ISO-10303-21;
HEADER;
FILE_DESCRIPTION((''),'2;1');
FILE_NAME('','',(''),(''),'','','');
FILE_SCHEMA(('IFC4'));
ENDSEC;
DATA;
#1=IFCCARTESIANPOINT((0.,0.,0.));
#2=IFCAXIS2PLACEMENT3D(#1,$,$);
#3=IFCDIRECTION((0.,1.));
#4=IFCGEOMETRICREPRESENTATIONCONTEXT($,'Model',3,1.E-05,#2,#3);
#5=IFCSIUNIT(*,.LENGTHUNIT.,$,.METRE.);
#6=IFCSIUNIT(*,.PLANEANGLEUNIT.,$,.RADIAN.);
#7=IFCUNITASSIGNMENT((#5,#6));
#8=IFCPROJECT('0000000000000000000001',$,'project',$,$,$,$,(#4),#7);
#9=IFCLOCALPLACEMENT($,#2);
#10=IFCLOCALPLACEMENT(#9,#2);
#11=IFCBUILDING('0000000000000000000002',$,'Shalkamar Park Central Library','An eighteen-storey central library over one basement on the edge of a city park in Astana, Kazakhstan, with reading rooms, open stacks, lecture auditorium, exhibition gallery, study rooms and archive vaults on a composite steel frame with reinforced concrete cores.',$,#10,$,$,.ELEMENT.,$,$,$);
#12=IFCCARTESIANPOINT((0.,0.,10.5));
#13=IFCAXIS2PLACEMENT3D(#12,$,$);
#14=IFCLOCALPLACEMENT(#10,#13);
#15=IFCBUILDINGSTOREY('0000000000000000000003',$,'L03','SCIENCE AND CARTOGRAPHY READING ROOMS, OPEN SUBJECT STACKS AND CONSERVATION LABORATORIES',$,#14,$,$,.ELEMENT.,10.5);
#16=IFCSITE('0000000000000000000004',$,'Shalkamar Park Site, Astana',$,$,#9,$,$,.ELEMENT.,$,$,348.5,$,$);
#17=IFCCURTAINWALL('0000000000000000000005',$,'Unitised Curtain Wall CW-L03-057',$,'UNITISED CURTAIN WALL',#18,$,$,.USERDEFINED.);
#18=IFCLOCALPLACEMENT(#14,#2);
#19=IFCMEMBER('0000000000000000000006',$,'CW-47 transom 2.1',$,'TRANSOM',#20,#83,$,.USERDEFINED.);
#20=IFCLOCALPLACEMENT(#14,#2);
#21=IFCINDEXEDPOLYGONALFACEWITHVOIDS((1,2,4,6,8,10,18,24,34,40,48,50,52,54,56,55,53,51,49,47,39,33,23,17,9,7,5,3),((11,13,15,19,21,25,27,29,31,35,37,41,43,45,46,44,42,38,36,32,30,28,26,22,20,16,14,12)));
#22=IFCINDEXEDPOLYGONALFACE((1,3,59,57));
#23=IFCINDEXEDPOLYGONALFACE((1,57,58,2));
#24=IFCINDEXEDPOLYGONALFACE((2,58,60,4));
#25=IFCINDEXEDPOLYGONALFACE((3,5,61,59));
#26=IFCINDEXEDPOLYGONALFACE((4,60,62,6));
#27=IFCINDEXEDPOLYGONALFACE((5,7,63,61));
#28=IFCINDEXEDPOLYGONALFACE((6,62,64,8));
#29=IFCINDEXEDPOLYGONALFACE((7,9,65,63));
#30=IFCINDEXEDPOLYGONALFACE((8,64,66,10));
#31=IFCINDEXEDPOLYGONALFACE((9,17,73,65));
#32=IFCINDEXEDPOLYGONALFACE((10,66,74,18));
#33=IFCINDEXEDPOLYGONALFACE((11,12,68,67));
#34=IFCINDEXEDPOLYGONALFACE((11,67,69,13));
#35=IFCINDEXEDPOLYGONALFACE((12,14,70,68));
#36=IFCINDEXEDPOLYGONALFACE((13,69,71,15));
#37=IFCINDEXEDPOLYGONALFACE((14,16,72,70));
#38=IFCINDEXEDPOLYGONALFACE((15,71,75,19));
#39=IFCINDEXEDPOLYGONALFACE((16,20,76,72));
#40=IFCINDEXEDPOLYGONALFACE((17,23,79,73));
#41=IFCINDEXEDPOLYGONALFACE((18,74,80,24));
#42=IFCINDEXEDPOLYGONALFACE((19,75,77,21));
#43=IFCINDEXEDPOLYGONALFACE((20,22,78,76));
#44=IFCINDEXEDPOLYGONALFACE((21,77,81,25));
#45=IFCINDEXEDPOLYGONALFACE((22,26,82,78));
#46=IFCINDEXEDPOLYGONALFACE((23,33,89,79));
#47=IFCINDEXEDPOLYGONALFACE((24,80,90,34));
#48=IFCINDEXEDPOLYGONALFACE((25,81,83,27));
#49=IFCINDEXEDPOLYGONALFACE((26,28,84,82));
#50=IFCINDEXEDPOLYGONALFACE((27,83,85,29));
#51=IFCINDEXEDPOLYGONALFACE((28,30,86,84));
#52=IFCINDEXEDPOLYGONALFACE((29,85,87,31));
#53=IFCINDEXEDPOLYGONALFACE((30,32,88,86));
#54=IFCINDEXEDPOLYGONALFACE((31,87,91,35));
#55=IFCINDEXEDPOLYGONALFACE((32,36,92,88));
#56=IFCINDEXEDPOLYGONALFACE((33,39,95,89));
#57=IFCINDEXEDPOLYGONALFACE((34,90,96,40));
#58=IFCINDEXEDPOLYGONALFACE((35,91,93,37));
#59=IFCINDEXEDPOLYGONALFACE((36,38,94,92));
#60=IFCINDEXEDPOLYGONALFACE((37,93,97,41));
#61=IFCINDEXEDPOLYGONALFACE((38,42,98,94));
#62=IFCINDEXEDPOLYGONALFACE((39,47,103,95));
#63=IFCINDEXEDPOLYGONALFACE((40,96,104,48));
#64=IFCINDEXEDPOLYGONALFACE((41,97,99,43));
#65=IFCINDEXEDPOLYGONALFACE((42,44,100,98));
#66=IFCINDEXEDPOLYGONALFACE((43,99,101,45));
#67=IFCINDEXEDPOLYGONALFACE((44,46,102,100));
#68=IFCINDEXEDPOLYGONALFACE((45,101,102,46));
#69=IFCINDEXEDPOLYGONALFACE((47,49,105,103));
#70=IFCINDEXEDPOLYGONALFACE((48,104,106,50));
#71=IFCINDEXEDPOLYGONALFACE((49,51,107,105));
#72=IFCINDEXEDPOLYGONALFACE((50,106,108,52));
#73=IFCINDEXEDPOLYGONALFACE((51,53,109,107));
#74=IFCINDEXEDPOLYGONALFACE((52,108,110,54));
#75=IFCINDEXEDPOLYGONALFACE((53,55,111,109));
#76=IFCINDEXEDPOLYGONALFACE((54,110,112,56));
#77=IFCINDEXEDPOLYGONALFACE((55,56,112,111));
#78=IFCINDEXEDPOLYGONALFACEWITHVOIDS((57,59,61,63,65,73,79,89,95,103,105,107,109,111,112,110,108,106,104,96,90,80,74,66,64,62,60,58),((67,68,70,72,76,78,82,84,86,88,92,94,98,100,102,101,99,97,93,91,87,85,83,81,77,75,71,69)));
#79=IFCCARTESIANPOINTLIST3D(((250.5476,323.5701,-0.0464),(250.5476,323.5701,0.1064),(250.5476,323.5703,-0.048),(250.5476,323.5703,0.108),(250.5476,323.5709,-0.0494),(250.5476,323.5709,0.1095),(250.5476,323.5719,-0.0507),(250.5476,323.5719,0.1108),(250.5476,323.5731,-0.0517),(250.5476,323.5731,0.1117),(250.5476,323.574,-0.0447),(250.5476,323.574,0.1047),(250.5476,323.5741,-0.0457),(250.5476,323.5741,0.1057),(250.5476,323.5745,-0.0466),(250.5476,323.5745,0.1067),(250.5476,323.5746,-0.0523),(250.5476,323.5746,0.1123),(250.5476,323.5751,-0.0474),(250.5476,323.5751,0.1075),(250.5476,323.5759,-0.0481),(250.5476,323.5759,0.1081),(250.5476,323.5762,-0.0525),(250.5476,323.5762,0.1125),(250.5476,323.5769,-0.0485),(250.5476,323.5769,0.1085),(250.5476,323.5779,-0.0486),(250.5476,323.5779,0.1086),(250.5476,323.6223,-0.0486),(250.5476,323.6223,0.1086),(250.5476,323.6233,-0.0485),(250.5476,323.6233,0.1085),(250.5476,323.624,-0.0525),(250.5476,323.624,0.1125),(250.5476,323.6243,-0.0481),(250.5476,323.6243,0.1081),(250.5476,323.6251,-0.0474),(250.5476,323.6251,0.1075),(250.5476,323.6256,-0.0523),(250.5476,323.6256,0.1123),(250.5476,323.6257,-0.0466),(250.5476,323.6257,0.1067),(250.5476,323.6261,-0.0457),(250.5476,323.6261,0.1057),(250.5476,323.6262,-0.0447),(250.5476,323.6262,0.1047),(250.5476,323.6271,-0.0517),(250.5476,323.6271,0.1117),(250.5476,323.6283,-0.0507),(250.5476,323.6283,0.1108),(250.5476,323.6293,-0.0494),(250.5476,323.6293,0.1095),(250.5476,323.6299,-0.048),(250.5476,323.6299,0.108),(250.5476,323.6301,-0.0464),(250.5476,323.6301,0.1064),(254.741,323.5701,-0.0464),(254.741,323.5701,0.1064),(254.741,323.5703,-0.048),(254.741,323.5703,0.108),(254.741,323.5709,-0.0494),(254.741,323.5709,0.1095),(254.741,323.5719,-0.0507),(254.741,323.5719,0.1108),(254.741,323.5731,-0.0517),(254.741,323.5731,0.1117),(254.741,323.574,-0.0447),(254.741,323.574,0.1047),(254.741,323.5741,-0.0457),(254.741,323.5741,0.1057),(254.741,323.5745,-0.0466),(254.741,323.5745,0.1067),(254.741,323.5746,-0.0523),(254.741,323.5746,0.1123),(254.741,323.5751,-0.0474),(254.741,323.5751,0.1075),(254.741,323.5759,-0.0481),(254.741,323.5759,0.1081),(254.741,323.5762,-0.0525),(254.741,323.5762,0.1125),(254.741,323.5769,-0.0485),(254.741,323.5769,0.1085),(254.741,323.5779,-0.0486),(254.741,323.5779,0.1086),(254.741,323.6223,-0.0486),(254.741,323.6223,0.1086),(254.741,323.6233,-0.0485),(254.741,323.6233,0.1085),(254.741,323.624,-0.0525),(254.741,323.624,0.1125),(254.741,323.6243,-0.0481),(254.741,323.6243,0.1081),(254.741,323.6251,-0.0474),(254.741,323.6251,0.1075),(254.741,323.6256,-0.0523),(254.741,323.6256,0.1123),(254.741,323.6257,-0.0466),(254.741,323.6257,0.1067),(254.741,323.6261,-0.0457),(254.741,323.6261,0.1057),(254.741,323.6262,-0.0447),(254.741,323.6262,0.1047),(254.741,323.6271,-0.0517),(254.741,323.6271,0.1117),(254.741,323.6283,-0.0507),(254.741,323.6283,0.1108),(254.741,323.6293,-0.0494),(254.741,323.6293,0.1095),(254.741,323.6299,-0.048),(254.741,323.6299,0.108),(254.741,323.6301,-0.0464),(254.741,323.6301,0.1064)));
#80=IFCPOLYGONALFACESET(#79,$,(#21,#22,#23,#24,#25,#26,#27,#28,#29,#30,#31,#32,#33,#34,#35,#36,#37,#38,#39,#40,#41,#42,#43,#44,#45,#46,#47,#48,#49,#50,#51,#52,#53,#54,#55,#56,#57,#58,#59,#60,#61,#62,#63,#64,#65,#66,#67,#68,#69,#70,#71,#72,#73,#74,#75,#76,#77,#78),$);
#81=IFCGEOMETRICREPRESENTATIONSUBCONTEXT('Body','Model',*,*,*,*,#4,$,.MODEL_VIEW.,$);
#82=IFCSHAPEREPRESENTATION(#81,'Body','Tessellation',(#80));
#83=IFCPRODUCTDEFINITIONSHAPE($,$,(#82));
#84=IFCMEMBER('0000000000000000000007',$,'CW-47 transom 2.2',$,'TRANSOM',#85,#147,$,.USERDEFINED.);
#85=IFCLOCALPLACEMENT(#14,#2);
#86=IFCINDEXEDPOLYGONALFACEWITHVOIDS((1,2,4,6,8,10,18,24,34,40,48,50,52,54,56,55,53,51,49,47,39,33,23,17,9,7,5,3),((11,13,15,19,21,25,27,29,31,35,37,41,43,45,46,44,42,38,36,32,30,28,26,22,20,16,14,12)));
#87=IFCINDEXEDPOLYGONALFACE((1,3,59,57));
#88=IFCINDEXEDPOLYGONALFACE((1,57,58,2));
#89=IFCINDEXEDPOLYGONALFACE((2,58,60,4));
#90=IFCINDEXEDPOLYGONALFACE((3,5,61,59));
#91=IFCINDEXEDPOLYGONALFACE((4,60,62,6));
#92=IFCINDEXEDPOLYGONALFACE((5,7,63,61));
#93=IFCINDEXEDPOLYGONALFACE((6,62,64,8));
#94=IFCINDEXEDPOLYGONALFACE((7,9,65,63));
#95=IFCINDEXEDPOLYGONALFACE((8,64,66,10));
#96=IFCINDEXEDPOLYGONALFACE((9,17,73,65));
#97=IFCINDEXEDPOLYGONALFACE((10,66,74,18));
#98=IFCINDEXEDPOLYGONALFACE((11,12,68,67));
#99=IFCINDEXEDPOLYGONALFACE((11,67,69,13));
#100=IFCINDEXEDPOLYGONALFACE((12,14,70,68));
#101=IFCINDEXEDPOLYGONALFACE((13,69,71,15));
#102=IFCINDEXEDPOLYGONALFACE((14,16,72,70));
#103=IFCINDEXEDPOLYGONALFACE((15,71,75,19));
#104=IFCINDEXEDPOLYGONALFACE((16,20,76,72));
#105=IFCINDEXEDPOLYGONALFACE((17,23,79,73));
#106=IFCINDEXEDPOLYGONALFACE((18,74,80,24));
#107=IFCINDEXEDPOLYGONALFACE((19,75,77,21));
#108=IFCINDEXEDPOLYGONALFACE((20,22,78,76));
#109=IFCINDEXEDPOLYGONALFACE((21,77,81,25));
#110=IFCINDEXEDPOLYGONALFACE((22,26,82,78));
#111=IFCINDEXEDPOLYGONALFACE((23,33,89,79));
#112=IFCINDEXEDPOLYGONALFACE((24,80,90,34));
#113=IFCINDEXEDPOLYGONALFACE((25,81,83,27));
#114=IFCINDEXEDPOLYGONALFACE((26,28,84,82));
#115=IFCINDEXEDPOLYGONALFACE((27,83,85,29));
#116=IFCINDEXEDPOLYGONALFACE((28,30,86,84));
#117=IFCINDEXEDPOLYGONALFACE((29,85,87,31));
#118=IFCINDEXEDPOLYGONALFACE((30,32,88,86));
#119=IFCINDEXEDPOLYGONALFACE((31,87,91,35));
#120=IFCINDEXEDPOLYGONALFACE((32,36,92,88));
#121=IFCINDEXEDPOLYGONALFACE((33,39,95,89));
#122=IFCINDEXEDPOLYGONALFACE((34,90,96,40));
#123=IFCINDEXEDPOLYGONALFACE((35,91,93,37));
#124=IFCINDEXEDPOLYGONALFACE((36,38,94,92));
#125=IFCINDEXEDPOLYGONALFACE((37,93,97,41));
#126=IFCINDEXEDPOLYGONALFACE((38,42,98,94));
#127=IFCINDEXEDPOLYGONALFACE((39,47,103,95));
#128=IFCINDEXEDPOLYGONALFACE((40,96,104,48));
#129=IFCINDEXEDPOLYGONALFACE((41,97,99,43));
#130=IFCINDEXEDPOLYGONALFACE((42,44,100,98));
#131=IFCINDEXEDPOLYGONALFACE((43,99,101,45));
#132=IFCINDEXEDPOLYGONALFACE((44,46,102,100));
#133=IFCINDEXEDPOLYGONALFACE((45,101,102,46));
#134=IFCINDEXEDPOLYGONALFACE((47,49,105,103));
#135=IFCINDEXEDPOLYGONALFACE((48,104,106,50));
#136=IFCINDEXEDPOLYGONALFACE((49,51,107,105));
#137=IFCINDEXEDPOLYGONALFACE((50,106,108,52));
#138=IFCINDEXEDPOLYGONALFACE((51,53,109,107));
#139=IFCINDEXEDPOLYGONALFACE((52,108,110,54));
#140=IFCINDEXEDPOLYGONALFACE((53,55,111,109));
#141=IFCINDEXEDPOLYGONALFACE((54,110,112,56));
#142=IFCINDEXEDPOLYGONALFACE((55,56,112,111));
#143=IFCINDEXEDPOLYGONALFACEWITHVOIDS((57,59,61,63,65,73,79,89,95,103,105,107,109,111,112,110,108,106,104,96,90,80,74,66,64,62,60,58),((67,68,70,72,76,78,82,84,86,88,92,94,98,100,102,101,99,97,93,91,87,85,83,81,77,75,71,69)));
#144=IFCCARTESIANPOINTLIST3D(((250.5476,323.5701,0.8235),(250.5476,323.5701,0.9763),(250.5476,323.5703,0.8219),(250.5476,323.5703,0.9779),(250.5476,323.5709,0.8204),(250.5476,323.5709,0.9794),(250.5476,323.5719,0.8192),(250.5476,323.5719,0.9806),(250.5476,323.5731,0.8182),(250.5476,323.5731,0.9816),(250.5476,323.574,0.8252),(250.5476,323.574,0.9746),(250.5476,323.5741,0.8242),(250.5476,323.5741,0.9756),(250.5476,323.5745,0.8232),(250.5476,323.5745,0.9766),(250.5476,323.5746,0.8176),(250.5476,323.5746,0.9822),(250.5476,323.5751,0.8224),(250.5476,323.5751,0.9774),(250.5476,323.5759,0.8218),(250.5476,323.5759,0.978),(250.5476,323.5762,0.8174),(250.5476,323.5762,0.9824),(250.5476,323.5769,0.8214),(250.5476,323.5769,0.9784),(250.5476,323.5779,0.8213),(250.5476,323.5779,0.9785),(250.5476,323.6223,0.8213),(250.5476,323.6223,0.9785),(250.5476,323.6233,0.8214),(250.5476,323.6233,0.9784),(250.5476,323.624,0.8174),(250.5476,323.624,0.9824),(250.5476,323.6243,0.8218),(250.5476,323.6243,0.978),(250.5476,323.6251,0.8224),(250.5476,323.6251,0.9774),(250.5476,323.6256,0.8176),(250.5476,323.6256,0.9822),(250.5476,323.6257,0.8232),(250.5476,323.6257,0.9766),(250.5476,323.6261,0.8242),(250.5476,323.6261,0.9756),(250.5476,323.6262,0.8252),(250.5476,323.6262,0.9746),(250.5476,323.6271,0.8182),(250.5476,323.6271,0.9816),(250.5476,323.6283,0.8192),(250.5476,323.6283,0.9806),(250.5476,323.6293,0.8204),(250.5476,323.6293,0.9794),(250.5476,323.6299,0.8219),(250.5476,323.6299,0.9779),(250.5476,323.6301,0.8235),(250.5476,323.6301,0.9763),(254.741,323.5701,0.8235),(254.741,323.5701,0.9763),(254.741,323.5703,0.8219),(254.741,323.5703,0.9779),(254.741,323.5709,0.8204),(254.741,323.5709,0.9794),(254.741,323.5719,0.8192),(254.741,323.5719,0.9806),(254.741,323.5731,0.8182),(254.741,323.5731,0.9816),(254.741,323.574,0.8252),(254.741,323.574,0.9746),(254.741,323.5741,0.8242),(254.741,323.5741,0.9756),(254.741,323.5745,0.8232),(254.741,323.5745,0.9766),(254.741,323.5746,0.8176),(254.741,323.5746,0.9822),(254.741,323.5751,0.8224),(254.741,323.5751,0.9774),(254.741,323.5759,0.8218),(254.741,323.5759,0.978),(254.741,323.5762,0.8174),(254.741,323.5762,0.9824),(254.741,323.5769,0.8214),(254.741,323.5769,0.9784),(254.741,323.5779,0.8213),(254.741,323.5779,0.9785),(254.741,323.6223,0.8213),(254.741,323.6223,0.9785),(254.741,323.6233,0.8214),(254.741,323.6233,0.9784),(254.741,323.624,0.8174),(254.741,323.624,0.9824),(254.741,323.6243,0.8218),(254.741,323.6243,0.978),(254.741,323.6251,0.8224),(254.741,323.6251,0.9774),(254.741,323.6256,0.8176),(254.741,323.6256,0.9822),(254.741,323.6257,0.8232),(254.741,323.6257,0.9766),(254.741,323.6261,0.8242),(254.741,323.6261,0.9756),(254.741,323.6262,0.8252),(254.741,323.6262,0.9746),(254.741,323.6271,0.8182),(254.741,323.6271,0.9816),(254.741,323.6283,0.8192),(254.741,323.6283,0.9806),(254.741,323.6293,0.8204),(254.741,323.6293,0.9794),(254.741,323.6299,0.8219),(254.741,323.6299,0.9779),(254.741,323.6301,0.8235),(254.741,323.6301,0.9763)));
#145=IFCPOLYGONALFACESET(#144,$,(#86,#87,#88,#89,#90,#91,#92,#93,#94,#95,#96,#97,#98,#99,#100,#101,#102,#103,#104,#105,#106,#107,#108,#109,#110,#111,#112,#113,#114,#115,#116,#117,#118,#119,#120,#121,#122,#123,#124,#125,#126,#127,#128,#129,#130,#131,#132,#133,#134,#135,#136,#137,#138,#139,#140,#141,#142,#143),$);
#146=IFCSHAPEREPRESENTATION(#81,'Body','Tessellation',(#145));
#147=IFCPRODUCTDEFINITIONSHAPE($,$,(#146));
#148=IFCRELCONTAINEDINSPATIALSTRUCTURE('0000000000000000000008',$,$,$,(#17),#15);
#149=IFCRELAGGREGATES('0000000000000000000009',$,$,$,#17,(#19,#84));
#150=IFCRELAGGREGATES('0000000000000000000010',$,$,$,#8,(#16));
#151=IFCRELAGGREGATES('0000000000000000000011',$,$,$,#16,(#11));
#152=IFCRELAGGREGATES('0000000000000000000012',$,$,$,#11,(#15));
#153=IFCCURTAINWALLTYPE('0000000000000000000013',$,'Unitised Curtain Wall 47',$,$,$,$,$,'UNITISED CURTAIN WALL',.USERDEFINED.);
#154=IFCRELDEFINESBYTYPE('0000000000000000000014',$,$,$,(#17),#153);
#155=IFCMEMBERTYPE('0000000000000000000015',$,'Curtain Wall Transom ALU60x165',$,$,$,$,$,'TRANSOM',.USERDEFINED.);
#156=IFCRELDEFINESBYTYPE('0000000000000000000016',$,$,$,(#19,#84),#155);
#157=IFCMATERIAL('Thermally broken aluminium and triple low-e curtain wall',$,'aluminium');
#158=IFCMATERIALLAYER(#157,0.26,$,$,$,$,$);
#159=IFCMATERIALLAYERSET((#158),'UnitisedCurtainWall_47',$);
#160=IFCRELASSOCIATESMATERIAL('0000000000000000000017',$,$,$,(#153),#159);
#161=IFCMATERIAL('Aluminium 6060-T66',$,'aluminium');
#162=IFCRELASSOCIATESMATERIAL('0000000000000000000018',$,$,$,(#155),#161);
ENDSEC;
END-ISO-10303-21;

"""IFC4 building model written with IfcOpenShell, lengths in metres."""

from ifc_helpers import new_model, si_unit, direction, frame, origin, origin_2d, place, context, subcontext, project, spatial, hollow_rectangle, extrude, material, layer, layer_set, material_profile, profile_set, type_object, element, aggregate, save


model = new_model("IFC4")

# Units and contexts
model_context = context("Model", 3, precision=1e-05, world=origin(), true_north=direction((0.0, 1.0)))
body_context = subcontext(model_context, "Body", "Model", "MODEL_VIEW")
ifc_project = project(units=[si_unit("LENGTHUNIT", "METRE"), si_unit("PLANEANGLEUNIT", "RADIAN")], contexts=[model_context])

# Site, building, storey
site_placement = place(None, origin())
site = spatial("IfcSite", under=ifc_project, at=site_placement, Name="Shalkamar Park Site, Astana", CompositionType="ELEMENT", RefElevation=348.5)
building_placement = place(site_placement, origin())
building = spatial("IfcBuilding", under=site, at=building_placement, Name="Shalkamar Park Central Library", Description="An eighteen-storey central library over one basement on the edge of a city park in Astana, Kazakhstan, with reading rooms, open stacks, lecture auditorium, exhibition gallery, study rooms and archive vaults on a composite steel frame with reinforced concrete cores.", CompositionType="ELEMENT")
storey_placement = place(building_placement, frame((0.0, 0.0, 10.5)))
storey = spatial("IfcBuildingStorey", under=building, at=storey_placement, Name="L03", Description="SCIENCE AND CARTOGRAPHY READING ROOMS, OPEN SUBJECT STACKS AND CONSERVATION LABORATORIES", CompositionType="ELEMENT", Elevation=10.5)

# Shared definitions
ifc_material_1 = material(Name="Thermally broken aluminium and triple low-e curtain wall", Category="aluminium")
ifc_material_2 = material(Name="Aluminium 6060-T66", Category="aluminium")

# Curtain wall, members
ifc_layer_1 = layer(ifc_material_1, 0.26)
ifc_layer_set_1 = layer_set([ifc_layer_1], Name="UnitisedCurtainWall_47")
curtain_wall_type_1 = type_object("IfcCurtainWallType", Name="Unitised Curtain Wall 47", ElementType="UNITISED CURTAIN WALL", PredefinedType="USERDEFINED", material=ifc_layer_set_1)
curtain_wall_1_placement = place(storey_placement, origin())
curtain_wall_1 = element("IfcCurtainWall", 1, at=curtain_wall_1_placement, inside=storey, type_object=curtain_wall_type_1, Name="Unitised Curtain Wall CW-L03-057", ObjectType="UNITISED CURTAIN WALL", PredefinedType="USERDEFINED")
ifc_material_profile_1 = material_profile(ifc_material_2, hollow_rectangle(XDim=0.0601, YDim=0.165, WallThickness=0.0039, InnerFilletRadius=0.0039, OuterFilletRadius=0.0061, at=origin_2d()), Name="ALU 60x165x4")
ifc_profile_set_1 = profile_set([ifc_material_profile_1], Name="Aluminium 6060-T66")
member_type_1 = type_object("IfcMemberType", Name="Curtain Wall Transom ALU60x165", ElementType="TRANSOM", PredefinedType="USERDEFINED", material=ifc_profile_set_1)
member_1_placement = place(storey_placement, frame((250.5476, 323.6001, 0.03), z_axis=(1.0, 0.0, 0.0), x_axis=(0.0, 1.0, 0.0)))
member_1 = element("IfcMember", 2, at=member_1_placement, type_object=member_type_1, Name="CW-47 transom 2.1", ObjectType="TRANSOM", PredefinedType="USERDEFINED", context=body_context, shape_type="SweptSolid", body=[
    extrude(hollow_rectangle(XDim=0.0601, YDim=0.165, WallThickness=0.0039, InnerFilletRadius=0.0039, OuterFilletRadius=0.0061, at=origin_2d()), origin(), (0.0, 0.0, 1.0), 4.1934),
])
member_2_placement = place(storey_placement, frame((250.5476, 323.6001, 0.8999), z_axis=(1.0, 0.0, 0.0), x_axis=(0.0, 1.0, 0.0)))
member_2 = element("IfcMember", 3, at=member_2_placement, type_object=member_type_1, Name="CW-47 transom 2.2", ObjectType="TRANSOM", PredefinedType="USERDEFINED", context=body_context, shape_type="SweptSolid", body=[
    extrude(hollow_rectangle(XDim=0.0601, YDim=0.165, WallThickness=0.0039, InnerFilletRadius=0.0039, OuterFilletRadius=0.0061, at=origin_2d()), origin(), (0.0, 0.0, 1.0), 4.1934),
])

aggregate(curtain_wall_1, [member_1, member_2])

save(model, "model.ifc")
